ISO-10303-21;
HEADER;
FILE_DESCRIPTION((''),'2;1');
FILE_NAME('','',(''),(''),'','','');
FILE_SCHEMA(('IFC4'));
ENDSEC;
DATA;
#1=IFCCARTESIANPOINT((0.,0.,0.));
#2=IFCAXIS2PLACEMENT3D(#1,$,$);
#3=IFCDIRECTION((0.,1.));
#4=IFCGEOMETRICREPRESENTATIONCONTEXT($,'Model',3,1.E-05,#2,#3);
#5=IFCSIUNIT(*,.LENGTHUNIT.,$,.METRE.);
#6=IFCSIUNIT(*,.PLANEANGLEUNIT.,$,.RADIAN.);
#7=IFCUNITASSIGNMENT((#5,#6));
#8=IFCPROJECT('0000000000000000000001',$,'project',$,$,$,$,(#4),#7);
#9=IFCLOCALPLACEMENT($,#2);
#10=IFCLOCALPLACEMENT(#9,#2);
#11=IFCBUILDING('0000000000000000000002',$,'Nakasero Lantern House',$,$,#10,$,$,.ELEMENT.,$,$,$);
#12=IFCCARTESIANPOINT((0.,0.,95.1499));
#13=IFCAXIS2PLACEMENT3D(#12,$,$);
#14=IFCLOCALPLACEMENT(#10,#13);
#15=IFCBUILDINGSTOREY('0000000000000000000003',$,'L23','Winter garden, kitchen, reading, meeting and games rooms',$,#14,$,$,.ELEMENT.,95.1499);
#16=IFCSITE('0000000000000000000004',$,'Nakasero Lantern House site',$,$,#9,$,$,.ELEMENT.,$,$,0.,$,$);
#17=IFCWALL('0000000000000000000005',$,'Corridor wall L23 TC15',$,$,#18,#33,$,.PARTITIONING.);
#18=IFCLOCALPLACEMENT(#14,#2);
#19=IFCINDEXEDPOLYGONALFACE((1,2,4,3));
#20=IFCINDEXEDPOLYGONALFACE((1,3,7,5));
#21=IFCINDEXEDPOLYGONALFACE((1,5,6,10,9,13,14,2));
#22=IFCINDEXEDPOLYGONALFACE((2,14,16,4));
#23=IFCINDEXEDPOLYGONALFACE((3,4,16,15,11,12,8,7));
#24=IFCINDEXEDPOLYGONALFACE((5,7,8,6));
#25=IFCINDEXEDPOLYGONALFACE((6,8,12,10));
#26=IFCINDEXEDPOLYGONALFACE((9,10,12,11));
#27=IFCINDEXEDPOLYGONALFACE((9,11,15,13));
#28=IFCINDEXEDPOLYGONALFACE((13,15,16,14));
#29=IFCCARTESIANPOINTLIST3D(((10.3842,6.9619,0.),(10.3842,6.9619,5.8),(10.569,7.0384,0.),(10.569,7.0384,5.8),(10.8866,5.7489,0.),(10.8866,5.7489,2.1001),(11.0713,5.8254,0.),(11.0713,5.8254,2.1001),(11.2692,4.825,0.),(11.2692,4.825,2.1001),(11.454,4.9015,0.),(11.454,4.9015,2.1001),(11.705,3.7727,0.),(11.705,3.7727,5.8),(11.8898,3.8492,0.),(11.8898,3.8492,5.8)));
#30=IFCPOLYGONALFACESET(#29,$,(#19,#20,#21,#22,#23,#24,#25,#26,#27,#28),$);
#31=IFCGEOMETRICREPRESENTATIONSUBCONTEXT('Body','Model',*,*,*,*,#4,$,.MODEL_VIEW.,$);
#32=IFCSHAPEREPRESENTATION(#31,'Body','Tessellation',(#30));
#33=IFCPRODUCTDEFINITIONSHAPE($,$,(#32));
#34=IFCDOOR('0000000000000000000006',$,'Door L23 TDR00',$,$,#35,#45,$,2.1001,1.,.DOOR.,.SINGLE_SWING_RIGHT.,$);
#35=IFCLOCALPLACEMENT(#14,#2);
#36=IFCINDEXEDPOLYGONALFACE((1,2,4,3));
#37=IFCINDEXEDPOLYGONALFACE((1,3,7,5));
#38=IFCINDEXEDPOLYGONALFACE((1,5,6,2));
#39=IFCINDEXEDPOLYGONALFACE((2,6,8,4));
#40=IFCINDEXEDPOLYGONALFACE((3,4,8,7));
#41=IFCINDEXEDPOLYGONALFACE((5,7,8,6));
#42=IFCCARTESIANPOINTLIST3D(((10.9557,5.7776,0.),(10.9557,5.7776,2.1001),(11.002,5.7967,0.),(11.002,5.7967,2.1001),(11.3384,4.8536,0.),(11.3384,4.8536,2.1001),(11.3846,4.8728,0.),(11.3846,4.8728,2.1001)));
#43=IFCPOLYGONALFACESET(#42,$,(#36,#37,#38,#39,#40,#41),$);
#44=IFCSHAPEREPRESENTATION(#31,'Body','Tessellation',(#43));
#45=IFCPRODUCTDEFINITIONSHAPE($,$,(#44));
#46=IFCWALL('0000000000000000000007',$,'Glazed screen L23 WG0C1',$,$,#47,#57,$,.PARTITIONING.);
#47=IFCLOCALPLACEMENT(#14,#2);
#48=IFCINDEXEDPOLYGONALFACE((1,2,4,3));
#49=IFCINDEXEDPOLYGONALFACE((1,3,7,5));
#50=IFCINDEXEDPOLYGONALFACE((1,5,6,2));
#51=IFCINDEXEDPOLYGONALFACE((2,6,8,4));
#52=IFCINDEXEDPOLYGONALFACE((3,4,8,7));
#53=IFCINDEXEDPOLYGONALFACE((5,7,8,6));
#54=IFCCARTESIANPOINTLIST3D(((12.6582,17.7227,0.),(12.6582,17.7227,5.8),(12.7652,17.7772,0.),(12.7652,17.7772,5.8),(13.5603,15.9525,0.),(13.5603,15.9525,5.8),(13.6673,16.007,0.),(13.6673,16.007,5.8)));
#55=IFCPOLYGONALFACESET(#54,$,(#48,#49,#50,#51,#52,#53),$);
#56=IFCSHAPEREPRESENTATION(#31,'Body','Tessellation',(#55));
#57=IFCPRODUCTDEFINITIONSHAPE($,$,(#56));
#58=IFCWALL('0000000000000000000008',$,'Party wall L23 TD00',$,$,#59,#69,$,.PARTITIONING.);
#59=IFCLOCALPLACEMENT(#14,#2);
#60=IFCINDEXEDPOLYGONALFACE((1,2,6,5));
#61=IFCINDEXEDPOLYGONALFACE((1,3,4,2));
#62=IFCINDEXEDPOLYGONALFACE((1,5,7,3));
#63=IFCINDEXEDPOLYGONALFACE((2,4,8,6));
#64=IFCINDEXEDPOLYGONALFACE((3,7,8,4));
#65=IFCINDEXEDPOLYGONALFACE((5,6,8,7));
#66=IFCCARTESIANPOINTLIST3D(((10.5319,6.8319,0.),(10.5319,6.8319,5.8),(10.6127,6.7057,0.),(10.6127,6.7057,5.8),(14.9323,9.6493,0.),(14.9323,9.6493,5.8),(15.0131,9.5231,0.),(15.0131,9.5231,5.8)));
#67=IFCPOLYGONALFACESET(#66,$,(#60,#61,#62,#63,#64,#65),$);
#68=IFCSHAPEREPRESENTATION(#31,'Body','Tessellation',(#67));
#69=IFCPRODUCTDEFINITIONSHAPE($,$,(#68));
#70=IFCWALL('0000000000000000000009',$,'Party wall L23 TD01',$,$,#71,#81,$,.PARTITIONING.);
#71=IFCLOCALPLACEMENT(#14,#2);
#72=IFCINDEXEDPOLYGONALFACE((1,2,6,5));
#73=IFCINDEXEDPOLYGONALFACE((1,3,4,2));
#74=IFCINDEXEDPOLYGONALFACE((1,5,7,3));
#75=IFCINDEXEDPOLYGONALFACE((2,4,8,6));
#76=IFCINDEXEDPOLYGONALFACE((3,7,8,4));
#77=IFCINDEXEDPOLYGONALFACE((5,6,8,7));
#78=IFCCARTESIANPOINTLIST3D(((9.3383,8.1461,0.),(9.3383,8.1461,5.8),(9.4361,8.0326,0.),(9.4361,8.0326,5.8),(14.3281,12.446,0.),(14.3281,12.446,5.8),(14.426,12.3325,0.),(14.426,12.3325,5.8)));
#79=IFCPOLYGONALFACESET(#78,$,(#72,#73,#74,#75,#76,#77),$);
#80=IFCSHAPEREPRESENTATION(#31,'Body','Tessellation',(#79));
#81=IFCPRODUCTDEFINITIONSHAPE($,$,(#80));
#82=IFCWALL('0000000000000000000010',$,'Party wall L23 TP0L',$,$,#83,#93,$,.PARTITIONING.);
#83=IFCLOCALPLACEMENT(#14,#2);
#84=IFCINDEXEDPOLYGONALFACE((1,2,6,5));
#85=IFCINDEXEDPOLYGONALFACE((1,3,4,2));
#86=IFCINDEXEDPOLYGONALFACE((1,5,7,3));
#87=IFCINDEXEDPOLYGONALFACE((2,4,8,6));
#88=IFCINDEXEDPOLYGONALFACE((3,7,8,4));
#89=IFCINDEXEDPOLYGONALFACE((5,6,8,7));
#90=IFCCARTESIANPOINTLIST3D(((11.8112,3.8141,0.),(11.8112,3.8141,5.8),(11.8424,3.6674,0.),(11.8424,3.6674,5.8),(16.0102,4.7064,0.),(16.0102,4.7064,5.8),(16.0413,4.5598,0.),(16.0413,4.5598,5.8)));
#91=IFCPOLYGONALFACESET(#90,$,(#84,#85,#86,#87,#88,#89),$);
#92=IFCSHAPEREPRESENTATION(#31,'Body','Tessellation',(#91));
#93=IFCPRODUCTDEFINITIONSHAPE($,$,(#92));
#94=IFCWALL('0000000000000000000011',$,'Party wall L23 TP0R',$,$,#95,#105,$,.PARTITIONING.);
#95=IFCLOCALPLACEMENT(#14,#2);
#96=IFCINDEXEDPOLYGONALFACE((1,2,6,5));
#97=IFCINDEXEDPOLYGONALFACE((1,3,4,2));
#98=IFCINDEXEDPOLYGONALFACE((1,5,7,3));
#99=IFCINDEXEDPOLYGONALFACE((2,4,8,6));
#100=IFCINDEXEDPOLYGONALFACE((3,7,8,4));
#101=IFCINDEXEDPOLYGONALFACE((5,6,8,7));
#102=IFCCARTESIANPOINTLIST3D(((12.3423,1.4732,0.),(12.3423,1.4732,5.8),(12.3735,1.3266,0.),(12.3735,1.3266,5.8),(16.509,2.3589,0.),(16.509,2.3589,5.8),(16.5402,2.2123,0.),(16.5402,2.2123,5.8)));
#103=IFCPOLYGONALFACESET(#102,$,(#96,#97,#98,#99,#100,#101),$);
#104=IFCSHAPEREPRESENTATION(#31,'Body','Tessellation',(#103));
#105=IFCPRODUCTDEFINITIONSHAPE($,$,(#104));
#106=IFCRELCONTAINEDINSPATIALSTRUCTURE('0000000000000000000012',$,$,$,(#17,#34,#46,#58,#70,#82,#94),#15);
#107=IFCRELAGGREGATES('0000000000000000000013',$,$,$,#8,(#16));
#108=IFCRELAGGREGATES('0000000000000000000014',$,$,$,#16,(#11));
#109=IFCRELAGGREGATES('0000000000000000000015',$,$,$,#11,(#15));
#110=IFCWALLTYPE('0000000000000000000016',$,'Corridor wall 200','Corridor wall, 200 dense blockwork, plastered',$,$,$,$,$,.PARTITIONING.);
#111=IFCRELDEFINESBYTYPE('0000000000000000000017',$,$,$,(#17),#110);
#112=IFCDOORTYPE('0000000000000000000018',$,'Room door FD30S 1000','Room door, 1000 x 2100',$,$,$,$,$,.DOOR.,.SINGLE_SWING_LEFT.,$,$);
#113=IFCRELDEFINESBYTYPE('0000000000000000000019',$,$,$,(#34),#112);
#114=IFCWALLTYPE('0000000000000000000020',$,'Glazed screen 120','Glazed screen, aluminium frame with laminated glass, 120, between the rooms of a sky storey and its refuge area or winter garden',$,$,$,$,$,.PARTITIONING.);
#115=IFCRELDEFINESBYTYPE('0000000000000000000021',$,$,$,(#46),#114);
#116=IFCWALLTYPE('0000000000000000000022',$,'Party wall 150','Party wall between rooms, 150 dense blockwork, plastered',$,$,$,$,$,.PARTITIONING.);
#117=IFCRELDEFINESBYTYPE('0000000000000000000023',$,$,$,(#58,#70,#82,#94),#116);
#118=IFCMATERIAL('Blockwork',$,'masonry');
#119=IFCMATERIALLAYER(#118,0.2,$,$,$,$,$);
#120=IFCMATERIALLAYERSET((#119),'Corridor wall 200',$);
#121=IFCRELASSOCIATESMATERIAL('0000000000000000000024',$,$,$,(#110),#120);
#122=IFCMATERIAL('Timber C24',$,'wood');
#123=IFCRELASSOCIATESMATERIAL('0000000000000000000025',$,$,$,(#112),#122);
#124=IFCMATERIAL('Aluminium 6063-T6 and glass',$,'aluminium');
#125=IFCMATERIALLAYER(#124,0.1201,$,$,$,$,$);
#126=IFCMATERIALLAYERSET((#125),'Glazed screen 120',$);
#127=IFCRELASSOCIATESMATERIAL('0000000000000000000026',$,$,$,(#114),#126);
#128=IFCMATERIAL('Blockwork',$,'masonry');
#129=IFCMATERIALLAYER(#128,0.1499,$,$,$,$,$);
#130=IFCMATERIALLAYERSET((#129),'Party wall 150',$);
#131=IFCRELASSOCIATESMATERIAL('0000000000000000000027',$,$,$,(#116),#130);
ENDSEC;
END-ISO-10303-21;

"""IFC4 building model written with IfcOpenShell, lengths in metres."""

from ifc_helpers import new_model, si_unit, direction, frame, frame_2d, origin, place, context, subcontext, project, spatial, rectangle, extrude, material, layer, layer_set, type_object, element, fill, save


model = new_model("IFC4")

# Units and contexts
model_context = context("Model", 3, precision=1e-05, world=origin(), true_north=direction((0.0, 1.0)))
body_context = subcontext(model_context, "Body", "Model", "MODEL_VIEW")
ifc_project = project(units=[si_unit("LENGTHUNIT", "METRE"), si_unit("PLANEANGLEUNIT", "RADIAN")], contexts=[model_context])

# Site, building, storey
site_placement = place(None, origin())
site = spatial("IfcSite", under=ifc_project, at=site_placement, Name="Nakasero Lantern House site", CompositionType="ELEMENT", RefElevation=0.0)
building_placement = place(site_placement, origin())
building = spatial("IfcBuilding", under=site, at=building_placement, Name="Nakasero Lantern House", CompositionType="ELEMENT")
storey_placement = place(building_placement, frame((0.0, 0.0, 95.1499)))
storey = spatial("IfcBuildingStorey", under=building, at=storey_placement, Name="L23", Description="Winter garden, kitchen, reading, meeting and games rooms", CompositionType="ELEMENT", Elevation=95.1499)

# Shared definitions
ifc_material_1 = material(Name="Blockwork", Category="masonry")
ifc_layer_1 = layer(ifc_material_1, 0.2)
ifc_layer_set_1 = layer_set([ifc_layer_1], Name="Corridor wall 200")
wall_type_1 = type_object("IfcWallType", Name="Corridor wall 200", Description="Corridor wall, 200 dense blockwork, plastered", PredefinedType="PARTITIONING", material=ifc_layer_set_1)

# Wall, opening, door
wall_1_placement = place(storey_placement, frame((10.4766, 7.0002, 0.0), z_axis=(0.0, 0.0, 1.0), x_axis=(0.382631, -0.923901, 0.0)))
wall_1 = element("IfcWall", 1, at=wall_1_placement, inside=storey, type_object=wall_type_1, Name="Corridor wall L23 TC15", PredefinedType="PARTITIONING", context=body_context, shape_type="SweptSolid", body=[
    extrude(rectangle(XDim=3.4519, YDim=0.2, at=frame_2d((1.7261, 0.0))), origin(), (0.0, 0.0, 1.0), 5.8),
])
opening_placement = place(wall_1_placement, frame((1.313, 0.0, 0.0)))
opening = element("IfcOpeningElement", 2, at=opening_placement, cuts=wall_1, PredefinedType="OPENING", context=body_context, shape_type="SweptSolid", body=[
    extrude(rectangle(XDim=1.0, YDim=2.1001, at=frame_2d((0.5, 1.05))), frame((0.0, 0.1199, 0.0), z_axis=(0.0, -1.0, 0.0), x_axis=(1.0, 0.0, 0.0)), (0.0, 0.0, 1.0), 0.24),
])
ifc_material_2 = material(Name="Timber C24", Category="wood")
door_type = type_object("IfcDoorType", Name="Room door FD30S 1000", Description="Room door, 1000 x 2100", OperationType="SINGLE_SWING_LEFT", PredefinedType="DOOR", material=ifc_material_2)
door_placement = place(opening_placement, origin())
door = element("IfcDoor", 3, at=door_placement, inside=storey, type_object=door_type, Name="Door L23 TDR00", OperationType="SINGLE_SWING_RIGHT", OverallHeight=2.1001, OverallWidth=1.0, PredefinedType="DOOR", context=body_context, shape_type="SweptSolid", body=[
    extrude(rectangle(XDim=1.0, YDim=2.1001, at=frame_2d((0.5, 1.05))), frame((0.0, 0.0249, 0.0), z_axis=(0.0, -1.0, 0.0), x_axis=(1.0, 0.0, 0.0)), (0.0, 0.0, 1.0), 0.05),
])
fill(opening, door)

# Walls
ifc_material_3 = material(Name="Aluminium 6063-T6 and glass", Category="aluminium")
ifc_layer_2 = layer(ifc_material_3, 0.1201)
ifc_layer_set_2 = layer_set([ifc_layer_2], Name="Glazed screen 120")
wall_type_2 = type_object("IfcWallType", Name="Glazed screen 120", Description="Glazed screen, aluminium frame with laminated glass, 120, between the rooms of a sky storey and its refuge area or winter garden", PredefinedType="PARTITIONING", material=ifc_layer_set_2)
wall_2_placement = place(storey_placement, frame((13.6138, 15.9797, 0.0), z_axis=(0.0, 0.0, 1.0), x_axis=(-0.454033, 0.890985, 0.0)))
element("IfcWall", 4, at=wall_2_placement, inside=storey, type_object=wall_type_2, Name="Glazed screen L23 WG0C1", PredefinedType="PARTITIONING", context=body_context, shape_type="SweptSolid", body=[
    extrude(rectangle(XDim=1.9868, YDim=0.1201, at=frame_2d((0.9934, 0.0))), origin(), (0.0, 0.0, 1.0), 5.8),
])
ifc_material_4 = material(Name="Blockwork", Category="masonry")
ifc_layer_3 = layer(ifc_material_4, 0.1499)
ifc_layer_set_3 = layer_set([ifc_layer_3], Name="Party wall 150")
wall_type_3 = type_object("IfcWallType", Name="Party wall 150", Description="Party wall between rooms, 150 dense blockwork, plastered", PredefinedType="PARTITIONING", material=ifc_layer_set_3)
wall_3_placement = place(storey_placement, frame((10.5723, 6.7688, 0.0), z_axis=(0.0, 0.0, 1.0), x_axis=(0.842173, 0.539207, 0.0)))
element("IfcWall", 5, at=wall_3_placement, inside=storey, type_object=wall_type_3, Name="Party wall L23 TD00", PredefinedType="PARTITIONING", context=body_context, shape_type="SweptSolid", body=[
    extrude(rectangle(XDim=5.2251, YDim=0.1499, at=frame_2d((2.6125, 0.0))), origin(), (0.0, 0.0, 1.0), 5.8),
])
wall_4_placement = place(storey_placement, frame((9.3872, 8.0894, 0.0), z_axis=(0.0, 0.0, 1.0), x_axis=(0.757538, 0.652792, 0.0)))
element("IfcWall", 6, at=wall_4_placement, inside=storey, type_object=wall_type_3, Name="Party wall L23 TD01", PredefinedType="PARTITIONING", context=body_context, shape_type="SweptSolid", body=[
    extrude(rectangle(XDim=6.5869, YDim=0.1499, at=frame_2d((3.2935, 0.0))), origin(), (0.0, 0.0, 1.0), 5.8),
])
wall_5_placement = place(storey_placement, frame((11.8267, 3.7407, 0.0), z_axis=(0.0, 0.0, 1.0), x_axis=(0.978156, 0.20787, 0.0)))
element("IfcWall", 7, at=wall_5_placement, inside=storey, type_object=wall_type_3, Name="Party wall L23 TP0L", PredefinedType="PARTITIONING", context=body_context, shape_type="SweptSolid", body=[
    extrude(rectangle(XDim=4.2927, YDim=0.1499, at=frame_2d((2.1465, 0.0))), origin(), (0.0, 0.0, 1.0), 5.8),
])
wall_6_placement = place(storey_placement, frame((12.3579, 1.3999, 0.0), z_axis=(0.0, 0.0, 1.0), x_axis=(0.978144, 0.207928, 0.0)))
element("IfcWall", 8, at=wall_6_placement, inside=storey, type_object=wall_type_3, Name="Party wall L23 TP0R", PredefinedType="PARTITIONING", context=body_context, shape_type="SweptSolid", body=[
    extrude(rectangle(XDim=4.2598, YDim=0.1499, at=frame_2d((2.1299, 0.0))), origin(), (0.0, 0.0, 1.0), 5.8),
])

save(model, "model.ifc")
